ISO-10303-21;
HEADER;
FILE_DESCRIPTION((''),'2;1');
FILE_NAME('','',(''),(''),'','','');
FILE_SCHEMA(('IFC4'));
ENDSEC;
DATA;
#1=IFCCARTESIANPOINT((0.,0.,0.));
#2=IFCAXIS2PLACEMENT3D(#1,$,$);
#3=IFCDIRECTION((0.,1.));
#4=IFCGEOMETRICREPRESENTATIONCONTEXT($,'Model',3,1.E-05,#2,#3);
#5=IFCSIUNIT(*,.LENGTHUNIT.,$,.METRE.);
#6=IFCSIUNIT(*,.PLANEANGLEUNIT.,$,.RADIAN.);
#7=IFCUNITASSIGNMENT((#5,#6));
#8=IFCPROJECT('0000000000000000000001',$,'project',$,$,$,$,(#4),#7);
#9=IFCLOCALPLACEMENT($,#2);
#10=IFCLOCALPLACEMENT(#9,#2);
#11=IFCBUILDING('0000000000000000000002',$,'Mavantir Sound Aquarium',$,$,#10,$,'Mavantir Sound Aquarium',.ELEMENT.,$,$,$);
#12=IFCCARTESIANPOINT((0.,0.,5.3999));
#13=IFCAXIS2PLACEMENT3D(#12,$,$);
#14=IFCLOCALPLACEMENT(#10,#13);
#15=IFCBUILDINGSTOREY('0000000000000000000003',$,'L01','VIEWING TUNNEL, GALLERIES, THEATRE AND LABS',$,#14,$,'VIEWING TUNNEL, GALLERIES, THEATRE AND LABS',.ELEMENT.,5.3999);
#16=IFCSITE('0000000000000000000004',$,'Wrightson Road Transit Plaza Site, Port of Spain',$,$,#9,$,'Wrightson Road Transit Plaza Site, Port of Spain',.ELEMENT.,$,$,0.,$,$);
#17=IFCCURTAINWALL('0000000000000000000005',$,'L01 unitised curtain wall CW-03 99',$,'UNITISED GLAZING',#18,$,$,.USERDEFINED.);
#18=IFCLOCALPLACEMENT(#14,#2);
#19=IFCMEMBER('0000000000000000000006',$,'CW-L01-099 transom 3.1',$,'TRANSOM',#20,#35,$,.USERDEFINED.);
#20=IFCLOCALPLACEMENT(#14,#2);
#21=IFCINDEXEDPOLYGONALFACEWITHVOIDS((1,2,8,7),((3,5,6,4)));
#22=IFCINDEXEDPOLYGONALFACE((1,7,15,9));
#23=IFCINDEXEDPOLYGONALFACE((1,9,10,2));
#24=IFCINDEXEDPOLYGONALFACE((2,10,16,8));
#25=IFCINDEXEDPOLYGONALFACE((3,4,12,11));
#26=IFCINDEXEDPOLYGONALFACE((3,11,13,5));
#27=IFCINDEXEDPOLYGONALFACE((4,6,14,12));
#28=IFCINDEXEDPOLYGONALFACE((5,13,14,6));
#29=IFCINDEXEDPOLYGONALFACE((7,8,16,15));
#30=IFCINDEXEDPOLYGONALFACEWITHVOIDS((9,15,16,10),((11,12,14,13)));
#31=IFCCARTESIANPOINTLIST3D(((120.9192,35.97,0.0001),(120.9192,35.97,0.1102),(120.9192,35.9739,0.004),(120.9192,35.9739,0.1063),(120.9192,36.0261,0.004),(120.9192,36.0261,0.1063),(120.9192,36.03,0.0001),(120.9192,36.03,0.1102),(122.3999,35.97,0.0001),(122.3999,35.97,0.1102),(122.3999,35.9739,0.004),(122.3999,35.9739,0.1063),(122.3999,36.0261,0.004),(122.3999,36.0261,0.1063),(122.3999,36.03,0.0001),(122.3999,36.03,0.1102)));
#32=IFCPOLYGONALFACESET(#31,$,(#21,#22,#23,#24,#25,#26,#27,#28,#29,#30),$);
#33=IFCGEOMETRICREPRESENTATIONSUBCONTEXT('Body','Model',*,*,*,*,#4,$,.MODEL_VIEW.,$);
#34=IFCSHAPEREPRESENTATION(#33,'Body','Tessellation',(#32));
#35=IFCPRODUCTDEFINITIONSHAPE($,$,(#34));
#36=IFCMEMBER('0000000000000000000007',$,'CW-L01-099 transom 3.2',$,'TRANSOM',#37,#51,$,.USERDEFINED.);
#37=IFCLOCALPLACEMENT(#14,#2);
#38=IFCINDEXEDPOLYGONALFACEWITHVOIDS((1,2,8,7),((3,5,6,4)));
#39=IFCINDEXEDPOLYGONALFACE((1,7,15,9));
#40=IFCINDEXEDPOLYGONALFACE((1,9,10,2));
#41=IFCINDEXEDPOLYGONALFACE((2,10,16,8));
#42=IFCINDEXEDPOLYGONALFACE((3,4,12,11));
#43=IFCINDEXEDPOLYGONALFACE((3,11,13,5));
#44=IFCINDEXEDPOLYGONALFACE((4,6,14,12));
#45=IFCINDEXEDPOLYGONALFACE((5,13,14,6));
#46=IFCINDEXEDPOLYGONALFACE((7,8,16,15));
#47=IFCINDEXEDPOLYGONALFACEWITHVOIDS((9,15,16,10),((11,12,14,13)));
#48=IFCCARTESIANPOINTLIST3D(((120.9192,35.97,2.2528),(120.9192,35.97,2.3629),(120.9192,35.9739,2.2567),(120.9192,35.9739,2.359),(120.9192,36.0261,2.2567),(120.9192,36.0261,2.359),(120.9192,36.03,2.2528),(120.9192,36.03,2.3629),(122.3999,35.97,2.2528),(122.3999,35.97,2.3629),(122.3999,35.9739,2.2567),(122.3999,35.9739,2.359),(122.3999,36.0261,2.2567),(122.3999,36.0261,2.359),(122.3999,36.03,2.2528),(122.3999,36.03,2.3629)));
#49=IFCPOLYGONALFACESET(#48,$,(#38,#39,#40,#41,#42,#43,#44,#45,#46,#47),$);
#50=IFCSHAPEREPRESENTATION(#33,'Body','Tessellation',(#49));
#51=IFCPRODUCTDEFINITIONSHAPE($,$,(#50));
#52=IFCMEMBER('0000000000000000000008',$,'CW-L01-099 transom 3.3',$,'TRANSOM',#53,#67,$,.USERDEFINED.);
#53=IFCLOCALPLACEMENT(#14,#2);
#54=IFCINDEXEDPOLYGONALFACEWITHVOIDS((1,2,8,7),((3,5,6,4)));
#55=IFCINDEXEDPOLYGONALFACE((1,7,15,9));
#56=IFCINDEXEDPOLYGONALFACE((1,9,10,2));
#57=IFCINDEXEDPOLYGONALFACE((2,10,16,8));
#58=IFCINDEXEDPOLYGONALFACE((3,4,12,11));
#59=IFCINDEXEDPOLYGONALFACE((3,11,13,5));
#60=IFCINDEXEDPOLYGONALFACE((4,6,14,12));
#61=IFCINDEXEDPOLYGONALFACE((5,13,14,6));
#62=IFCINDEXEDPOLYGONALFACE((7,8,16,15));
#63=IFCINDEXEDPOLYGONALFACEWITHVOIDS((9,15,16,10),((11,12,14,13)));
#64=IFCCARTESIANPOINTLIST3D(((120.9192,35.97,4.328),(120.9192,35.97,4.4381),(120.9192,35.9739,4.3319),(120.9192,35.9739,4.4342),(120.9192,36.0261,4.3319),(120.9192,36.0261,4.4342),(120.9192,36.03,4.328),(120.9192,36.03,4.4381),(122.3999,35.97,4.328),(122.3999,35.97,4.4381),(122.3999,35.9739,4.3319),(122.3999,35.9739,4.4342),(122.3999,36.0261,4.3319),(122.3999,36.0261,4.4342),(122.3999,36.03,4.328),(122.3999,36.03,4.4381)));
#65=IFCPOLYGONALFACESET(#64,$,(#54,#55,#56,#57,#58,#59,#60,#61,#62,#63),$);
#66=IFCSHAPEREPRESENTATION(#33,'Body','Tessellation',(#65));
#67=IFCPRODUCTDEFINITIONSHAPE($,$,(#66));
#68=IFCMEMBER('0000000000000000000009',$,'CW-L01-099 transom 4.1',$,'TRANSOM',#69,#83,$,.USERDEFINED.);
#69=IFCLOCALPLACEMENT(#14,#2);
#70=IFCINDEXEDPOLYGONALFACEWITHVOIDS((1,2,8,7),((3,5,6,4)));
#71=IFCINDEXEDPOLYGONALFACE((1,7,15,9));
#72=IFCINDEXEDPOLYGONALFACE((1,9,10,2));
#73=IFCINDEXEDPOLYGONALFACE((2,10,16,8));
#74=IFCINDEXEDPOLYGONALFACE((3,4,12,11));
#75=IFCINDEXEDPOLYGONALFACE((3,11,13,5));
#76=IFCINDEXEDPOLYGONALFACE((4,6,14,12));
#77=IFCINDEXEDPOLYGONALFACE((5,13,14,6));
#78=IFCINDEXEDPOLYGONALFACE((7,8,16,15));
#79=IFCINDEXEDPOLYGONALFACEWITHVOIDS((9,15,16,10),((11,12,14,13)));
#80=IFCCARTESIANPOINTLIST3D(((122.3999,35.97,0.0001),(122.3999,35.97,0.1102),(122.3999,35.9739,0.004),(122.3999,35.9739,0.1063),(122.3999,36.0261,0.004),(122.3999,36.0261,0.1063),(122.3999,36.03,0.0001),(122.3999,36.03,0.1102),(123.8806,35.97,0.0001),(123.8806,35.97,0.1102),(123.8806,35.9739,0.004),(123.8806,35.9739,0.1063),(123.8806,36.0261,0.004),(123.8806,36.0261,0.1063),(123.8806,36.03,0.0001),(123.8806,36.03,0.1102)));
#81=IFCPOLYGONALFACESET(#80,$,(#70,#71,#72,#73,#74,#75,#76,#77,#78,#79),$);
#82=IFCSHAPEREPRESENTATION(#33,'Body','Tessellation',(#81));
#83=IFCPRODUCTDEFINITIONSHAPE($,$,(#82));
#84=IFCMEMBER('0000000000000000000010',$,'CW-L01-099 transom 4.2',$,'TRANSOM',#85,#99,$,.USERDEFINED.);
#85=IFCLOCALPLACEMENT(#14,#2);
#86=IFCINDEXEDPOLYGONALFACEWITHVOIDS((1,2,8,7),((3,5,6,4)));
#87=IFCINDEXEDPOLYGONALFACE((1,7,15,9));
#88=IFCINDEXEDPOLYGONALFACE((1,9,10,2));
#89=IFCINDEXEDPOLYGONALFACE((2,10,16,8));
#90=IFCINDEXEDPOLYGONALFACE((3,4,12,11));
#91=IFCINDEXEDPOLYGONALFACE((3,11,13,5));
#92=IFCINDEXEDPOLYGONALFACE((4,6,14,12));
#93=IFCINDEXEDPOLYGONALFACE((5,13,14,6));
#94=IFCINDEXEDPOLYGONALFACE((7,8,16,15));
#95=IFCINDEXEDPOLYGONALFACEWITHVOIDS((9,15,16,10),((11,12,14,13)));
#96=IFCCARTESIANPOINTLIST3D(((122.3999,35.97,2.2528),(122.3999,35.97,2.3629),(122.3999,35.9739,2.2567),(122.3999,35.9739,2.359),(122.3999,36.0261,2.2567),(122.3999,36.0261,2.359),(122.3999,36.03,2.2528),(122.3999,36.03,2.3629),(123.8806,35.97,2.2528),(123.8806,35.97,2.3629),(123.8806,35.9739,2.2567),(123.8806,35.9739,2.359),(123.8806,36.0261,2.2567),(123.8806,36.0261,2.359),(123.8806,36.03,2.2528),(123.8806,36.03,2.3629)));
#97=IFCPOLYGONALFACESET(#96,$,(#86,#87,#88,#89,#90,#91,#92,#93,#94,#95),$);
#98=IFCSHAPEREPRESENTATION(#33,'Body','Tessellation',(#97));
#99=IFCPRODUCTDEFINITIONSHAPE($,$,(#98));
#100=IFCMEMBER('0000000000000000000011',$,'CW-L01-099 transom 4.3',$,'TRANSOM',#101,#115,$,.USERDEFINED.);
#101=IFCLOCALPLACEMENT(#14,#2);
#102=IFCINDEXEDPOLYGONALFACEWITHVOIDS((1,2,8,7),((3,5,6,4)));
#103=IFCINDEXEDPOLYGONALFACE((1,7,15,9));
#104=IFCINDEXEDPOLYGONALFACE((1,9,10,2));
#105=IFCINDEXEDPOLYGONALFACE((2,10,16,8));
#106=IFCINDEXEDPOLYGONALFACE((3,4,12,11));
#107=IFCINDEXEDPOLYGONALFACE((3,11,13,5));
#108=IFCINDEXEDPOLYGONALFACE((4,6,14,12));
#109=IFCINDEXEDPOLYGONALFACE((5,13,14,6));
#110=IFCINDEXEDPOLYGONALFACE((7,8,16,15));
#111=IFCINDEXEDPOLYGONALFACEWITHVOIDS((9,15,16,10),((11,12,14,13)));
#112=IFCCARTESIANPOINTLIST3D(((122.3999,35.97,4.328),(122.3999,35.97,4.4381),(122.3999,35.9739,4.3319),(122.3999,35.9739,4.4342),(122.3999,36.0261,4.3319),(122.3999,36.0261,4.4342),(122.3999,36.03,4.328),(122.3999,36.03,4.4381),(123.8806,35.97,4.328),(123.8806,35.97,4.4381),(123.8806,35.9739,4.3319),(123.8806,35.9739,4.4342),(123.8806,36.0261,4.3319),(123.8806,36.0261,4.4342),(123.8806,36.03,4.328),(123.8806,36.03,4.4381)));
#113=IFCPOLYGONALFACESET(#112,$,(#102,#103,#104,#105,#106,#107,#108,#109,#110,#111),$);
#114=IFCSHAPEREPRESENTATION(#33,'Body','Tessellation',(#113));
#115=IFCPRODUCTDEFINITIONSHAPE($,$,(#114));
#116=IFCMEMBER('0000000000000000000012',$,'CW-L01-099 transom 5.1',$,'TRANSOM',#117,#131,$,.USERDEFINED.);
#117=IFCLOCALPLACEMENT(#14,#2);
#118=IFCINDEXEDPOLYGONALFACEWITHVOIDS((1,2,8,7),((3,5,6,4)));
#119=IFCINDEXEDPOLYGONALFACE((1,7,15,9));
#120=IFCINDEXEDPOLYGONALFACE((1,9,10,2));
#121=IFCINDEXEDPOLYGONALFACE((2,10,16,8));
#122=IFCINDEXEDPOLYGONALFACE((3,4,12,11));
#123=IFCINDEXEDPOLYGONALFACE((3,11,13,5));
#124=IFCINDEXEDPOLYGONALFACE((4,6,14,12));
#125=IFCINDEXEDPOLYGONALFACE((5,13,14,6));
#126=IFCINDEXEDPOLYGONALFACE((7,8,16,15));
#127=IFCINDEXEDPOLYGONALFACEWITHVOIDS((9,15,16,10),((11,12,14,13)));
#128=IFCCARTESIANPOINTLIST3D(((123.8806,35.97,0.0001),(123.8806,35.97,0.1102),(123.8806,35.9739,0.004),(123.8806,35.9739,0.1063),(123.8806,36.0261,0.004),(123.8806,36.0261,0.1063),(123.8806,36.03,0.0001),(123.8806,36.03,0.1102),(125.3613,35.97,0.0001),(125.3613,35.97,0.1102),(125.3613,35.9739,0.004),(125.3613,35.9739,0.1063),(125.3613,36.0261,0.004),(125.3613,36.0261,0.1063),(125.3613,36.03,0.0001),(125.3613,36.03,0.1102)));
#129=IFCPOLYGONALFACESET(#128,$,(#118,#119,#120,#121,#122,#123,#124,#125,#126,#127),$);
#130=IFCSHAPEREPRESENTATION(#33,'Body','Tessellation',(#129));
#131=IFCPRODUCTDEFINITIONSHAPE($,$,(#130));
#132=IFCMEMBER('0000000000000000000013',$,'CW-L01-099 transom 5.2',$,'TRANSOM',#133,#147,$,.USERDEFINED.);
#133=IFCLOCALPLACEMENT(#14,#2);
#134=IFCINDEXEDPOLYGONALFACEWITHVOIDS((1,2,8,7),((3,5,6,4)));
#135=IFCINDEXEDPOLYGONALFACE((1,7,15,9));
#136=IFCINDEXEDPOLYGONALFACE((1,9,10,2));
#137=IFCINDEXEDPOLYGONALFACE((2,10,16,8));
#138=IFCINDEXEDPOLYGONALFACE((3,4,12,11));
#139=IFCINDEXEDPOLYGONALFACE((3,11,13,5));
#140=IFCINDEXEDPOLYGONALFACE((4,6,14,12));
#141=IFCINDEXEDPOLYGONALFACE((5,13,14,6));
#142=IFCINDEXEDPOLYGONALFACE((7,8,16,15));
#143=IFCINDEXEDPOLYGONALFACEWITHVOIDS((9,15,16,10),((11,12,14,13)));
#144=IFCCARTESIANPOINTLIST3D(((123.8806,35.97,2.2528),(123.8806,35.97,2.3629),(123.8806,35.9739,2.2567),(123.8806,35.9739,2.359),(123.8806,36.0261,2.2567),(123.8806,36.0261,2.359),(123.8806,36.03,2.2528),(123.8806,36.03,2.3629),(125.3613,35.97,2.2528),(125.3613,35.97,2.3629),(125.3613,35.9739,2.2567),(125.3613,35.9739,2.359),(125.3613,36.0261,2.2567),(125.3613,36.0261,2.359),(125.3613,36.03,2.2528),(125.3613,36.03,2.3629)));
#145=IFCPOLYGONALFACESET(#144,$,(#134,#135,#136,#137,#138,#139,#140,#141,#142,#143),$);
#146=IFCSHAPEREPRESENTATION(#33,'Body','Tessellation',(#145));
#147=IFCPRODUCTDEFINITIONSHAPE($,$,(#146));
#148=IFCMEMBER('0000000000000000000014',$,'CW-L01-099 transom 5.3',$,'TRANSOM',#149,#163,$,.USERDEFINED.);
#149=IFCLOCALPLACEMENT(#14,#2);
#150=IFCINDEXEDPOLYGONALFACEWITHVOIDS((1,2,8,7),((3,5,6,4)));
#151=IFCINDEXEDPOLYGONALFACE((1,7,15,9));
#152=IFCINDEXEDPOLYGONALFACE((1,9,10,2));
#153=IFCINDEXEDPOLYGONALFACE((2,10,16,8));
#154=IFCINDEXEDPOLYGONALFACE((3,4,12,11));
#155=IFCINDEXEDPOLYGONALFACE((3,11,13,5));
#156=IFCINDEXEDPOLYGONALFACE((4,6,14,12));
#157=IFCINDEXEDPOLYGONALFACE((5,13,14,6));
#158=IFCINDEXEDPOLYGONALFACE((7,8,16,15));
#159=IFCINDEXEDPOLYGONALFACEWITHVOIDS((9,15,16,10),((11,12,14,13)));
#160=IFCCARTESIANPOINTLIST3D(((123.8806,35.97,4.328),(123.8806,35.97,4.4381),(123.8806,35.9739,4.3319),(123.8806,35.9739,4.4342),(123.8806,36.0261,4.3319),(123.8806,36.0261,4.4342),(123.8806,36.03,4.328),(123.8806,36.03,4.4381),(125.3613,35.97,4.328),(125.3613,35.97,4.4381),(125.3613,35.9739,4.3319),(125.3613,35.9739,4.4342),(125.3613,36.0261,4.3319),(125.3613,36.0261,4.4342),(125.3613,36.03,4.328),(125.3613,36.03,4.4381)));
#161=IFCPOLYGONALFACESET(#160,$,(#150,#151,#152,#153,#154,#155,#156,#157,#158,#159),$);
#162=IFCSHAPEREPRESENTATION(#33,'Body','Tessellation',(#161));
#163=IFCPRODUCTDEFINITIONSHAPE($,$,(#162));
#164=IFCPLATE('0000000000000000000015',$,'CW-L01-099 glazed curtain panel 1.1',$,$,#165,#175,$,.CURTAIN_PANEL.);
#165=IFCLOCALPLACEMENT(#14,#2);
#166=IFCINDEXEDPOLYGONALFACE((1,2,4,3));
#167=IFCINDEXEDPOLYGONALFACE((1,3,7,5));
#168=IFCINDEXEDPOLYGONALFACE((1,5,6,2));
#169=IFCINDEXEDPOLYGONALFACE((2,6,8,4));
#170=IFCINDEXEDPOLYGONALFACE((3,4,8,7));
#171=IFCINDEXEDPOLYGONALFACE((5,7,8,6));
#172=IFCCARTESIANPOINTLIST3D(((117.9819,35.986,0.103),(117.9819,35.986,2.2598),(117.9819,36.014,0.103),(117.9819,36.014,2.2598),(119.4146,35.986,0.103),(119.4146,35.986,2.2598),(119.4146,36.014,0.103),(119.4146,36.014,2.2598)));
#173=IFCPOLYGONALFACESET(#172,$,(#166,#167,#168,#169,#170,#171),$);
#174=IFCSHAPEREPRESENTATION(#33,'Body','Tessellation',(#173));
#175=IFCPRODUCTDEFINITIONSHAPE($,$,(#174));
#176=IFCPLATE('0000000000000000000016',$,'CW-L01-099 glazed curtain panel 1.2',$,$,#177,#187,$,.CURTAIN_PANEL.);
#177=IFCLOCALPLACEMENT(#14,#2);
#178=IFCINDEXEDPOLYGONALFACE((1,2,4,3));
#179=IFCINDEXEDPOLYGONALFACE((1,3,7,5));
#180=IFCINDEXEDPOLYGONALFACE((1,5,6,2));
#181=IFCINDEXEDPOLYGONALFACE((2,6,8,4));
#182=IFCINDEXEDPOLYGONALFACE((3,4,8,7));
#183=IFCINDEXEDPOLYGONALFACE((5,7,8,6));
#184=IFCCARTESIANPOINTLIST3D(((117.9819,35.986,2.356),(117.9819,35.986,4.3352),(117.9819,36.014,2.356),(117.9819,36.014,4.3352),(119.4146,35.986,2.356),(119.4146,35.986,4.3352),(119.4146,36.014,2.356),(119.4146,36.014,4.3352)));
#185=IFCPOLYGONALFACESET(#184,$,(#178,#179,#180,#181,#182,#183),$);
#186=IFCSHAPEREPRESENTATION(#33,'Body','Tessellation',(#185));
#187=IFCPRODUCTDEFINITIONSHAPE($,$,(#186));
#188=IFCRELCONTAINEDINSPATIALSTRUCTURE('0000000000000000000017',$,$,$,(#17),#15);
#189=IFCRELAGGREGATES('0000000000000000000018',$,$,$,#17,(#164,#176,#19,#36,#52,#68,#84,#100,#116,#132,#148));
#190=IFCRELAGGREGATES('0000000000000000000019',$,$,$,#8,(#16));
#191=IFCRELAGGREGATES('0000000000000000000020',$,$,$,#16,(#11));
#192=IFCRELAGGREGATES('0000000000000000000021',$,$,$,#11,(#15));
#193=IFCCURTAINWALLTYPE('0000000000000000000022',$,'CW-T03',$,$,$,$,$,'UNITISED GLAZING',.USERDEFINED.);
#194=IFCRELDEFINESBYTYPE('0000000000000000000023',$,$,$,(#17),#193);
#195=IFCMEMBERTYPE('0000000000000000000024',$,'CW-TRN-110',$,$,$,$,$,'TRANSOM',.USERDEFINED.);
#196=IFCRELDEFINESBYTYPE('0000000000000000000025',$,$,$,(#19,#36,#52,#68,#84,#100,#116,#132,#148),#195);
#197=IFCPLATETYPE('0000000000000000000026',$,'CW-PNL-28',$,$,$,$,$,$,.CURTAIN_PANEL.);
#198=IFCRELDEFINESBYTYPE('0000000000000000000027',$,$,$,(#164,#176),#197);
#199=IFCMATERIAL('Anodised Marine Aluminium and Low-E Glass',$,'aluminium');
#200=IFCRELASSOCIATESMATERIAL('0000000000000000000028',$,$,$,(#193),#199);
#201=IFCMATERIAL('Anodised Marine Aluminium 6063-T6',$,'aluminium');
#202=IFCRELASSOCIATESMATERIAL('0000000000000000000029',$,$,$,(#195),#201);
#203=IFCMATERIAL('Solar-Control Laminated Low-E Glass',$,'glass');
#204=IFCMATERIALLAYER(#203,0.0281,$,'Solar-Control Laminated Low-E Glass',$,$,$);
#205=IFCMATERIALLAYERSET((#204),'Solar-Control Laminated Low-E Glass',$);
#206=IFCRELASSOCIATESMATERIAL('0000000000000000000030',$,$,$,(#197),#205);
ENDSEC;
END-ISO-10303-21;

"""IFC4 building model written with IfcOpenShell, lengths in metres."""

from ifc_helpers import new_model, si_unit, direction, frame, origin, origin_2d, place, context, subcontext, project, spatial, rectangle, hollow_rectangle, extrude, material, layer, layer_set, material_profile, profile_set, type_object, element, aggregate, save


model = new_model("IFC4")

# Units and contexts
model_context = context("Model", 3, precision=1e-05, world=origin(), true_north=direction((0.0, 1.0)))
body_context = subcontext(model_context, "Body", "Model", "MODEL_VIEW")
ifc_project = project(units=[si_unit("LENGTHUNIT", "METRE"), si_unit("PLANEANGLEUNIT", "RADIAN")], contexts=[model_context])

# Site, building, storey
site_placement = place(None, origin())
site = spatial("IfcSite", under=ifc_project, at=site_placement, Name="Wrightson Road Transit Plaza Site, Port of Spain", LongName="Wrightson Road Transit Plaza Site, Port of Spain", CompositionType="ELEMENT", RefElevation=0.0)
building_placement = place(site_placement, origin())
building = spatial("IfcBuilding", under=site, at=building_placement, Name="Mavantir Sound Aquarium", LongName="Mavantir Sound Aquarium", CompositionType="ELEMENT")
storey_placement = place(building_placement, frame((0.0, 0.0, 5.3999)))
storey = spatial("IfcBuildingStorey", under=building, at=storey_placement, Name="L01", Description="VIEWING TUNNEL, GALLERIES, THEATRE AND LABS", LongName="VIEWING TUNNEL, GALLERIES, THEATRE AND LABS", CompositionType="ELEMENT", Elevation=5.3999)

# Curtain wall, members, plates
ifc_material_1 = material(Name="Anodised Marine Aluminium and Low-E Glass", Category="aluminium")
curtain_wall_type = type_object("IfcCurtainWallType", Name="CW-T03", ElementType="UNITISED GLAZING", PredefinedType="USERDEFINED", material=ifc_material_1)
curtain_wall_placement = place(storey_placement, origin())
curtain_wall = element("IfcCurtainWall", 1, at=curtain_wall_placement, inside=storey, type_object=curtain_wall_type, Name="L01 unitised curtain wall CW-03 99", ObjectType="UNITISED GLAZING", PredefinedType="USERDEFINED")
ifc_material_2 = material(Name="Anodised Marine Aluminium 6063-T6", Category="aluminium")
ifc_material_profile_1 = material_profile(ifc_material_2, hollow_rectangle(XDim=0.0601, YDim=0.1101, WallThickness=0.0039, at=origin_2d()), Name="ALU-TRANSOM-110X60")
ifc_profile_set_1 = profile_set([ifc_material_profile_1], Name="Anodised Marine Aluminium 6063-T6")
member_type_1 = type_object("IfcMemberType", Name="CW-TRN-110", ElementType="TRANSOM", PredefinedType="USERDEFINED", material=ifc_profile_set_1)
member_1_placement = place(storey_placement, frame((120.9192, 36.0, 0.0552), z_axis=(1.0, 0.0, 0.0), x_axis=(0.0, 1.0, 0.0)))
member_1 = element("IfcMember", 2, at=member_1_placement, type_object=member_type_1, Name="CW-L01-099 transom 3.1", ObjectType="TRANSOM", PredefinedType="USERDEFINED", context=body_context, shape_type="SweptSolid", body=[
    extrude(hollow_rectangle(XDim=0.0601, YDim=0.1101, WallThickness=0.0039, at=origin_2d()), origin(), (0.0, 0.0, 1.0), 1.4807),
])
member_2_placement = place(storey_placement, frame((120.9192, 36.0, 2.3079), z_axis=(1.0, 0.0, 0.0), x_axis=(0.0, 1.0, 0.0)))
member_2 = element("IfcMember", 3, at=member_2_placement, type_object=member_type_1, Name="CW-L01-099 transom 3.2", ObjectType="TRANSOM", PredefinedType="USERDEFINED", context=body_context, shape_type="SweptSolid", body=[
    extrude(hollow_rectangle(XDim=0.0601, YDim=0.1101, WallThickness=0.0039, at=origin_2d()), origin(), (0.0, 0.0, 1.0), 1.4807),
])
member_3_placement = place(storey_placement, frame((120.9192, 36.0, 4.3831), z_axis=(1.0, 0.0, 0.0), x_axis=(0.0, 1.0, 0.0)))
member_3 = element("IfcMember", 4, at=member_3_placement, type_object=member_type_1, Name="CW-L01-099 transom 3.3", ObjectType="TRANSOM", PredefinedType="USERDEFINED", context=body_context, shape_type="SweptSolid", body=[
    extrude(hollow_rectangle(XDim=0.0601, YDim=0.1101, WallThickness=0.0039, at=origin_2d()), origin(), (0.0, 0.0, 1.0), 1.4807),
])
member_4_placement = place(storey_placement, frame((122.3999, 36.0, 0.0552), z_axis=(1.0, 0.0, 0.0), x_axis=(0.0, 1.0, 0.0)))
member_4 = element("IfcMember", 5, at=member_4_placement, type_object=member_type_1, Name="CW-L01-099 transom 4.1", ObjectType="TRANSOM", PredefinedType="USERDEFINED", context=body_context, shape_type="SweptSolid", body=[
    extrude(hollow_rectangle(XDim=0.0601, YDim=0.1101, WallThickness=0.0039, at=origin_2d()), origin(), (0.0, 0.0, 1.0), 1.4807),
])
member_5_placement = place(storey_placement, frame((122.3999, 36.0, 2.3079), z_axis=(1.0, 0.0, 0.0), x_axis=(0.0, 1.0, 0.0)))
member_5 = element("IfcMember", 6, at=member_5_placement, type_object=member_type_1, Name="CW-L01-099 transom 4.2", ObjectType="TRANSOM", PredefinedType="USERDEFINED", context=body_context, shape_type="SweptSolid", body=[
    extrude(hollow_rectangle(XDim=0.0601, YDim=0.1101, WallThickness=0.0039, at=origin_2d()), origin(), (0.0, 0.0, 1.0), 1.4807),
])
member_6_placement = place(storey_placement, frame((122.3999, 36.0, 4.3831), z_axis=(1.0, 0.0, 0.0), x_axis=(0.0, 1.0, 0.0)))
member_6 = element("IfcMember", 7, at=member_6_placement, type_object=member_type_1, Name="CW-L01-099 transom 4.3", ObjectType="TRANSOM", PredefinedType="USERDEFINED", context=body_context, shape_type="SweptSolid", body=[
    extrude(hollow_rectangle(XDim=0.0601, YDim=0.1101, WallThickness=0.0039, at=origin_2d()), origin(), (0.0, 0.0, 1.0), 1.4807),
])
member_7_placement = place(storey_placement, frame((123.8806, 36.0, 0.0552), z_axis=(1.0, 0.0, 0.0), x_axis=(0.0, 1.0, 0.0)))
member_7 = element("IfcMember", 8, at=member_7_placement, type_object=member_type_1, Name="CW-L01-099 transom 5.1", ObjectType="TRANSOM", PredefinedType="USERDEFINED", context=body_context, shape_type="SweptSolid", body=[
    extrude(hollow_rectangle(XDim=0.0601, YDim=0.1101, WallThickness=0.0039, at=origin_2d()), origin(), (0.0, 0.0, 1.0), 1.4807),
])
member_8_placement = place(storey_placement, frame((123.8806, 36.0, 2.3079), z_axis=(1.0, 0.0, 0.0), x_axis=(0.0, 1.0, 0.0)))
member_8 = element("IfcMember", 9, at=member_8_placement, type_object=member_type_1, Name="CW-L01-099 transom 5.2", ObjectType="TRANSOM", PredefinedType="USERDEFINED", context=body_context, shape_type="SweptSolid", body=[
    extrude(hollow_rectangle(XDim=0.0601, YDim=0.1101, WallThickness=0.0039, at=origin_2d()), origin(), (0.0, 0.0, 1.0), 1.4807),
])
member_9_placement = place(storey_placement, frame((123.8806, 36.0, 4.3831), z_axis=(1.0, 0.0, 0.0), x_axis=(0.0, 1.0, 0.0)))
member_9 = element("IfcMember", 10, at=member_9_placement, type_object=member_type_1, Name="CW-L01-099 transom 5.3", ObjectType="TRANSOM", PredefinedType="USERDEFINED", context=body_context, shape_type="SweptSolid", body=[
    extrude(hollow_rectangle(XDim=0.0601, YDim=0.1101, WallThickness=0.0039, at=origin_2d()), origin(), (0.0, 0.0, 1.0), 1.4807),
])
ifc_material_3 = material(Name="Solar-Control Laminated Low-E Glass", Category="glass")
ifc_layer = layer(ifc_material_3, 0.0281, Name="Solar-Control Laminated Low-E Glass")
ifc_layer_set = layer_set([ifc_layer], Name="Solar-Control Laminated Low-E Glass")
plate_type = type_object("IfcPlateType", Name="CW-PNL-28", PredefinedType="CURTAIN_PANEL", material=ifc_layer_set)
plate_1_placement = place(storey_placement, frame((118.6982, 36.0, 0.103), z_axis=(0.0, 0.0, 1.0), x_axis=(1.0, 0.0, 0.0)))
plate_1 = element("IfcPlate", 11, at=plate_1_placement, type_object=plate_type, Name="CW-L01-099 glazed curtain panel 1.1", PredefinedType="CURTAIN_PANEL", context=body_context, shape_type="SweptSolid", body=[
    extrude(rectangle(XDim=1.4326, YDim=0.0281, at=origin_2d()), origin(), (0.0, 0.0, 1.0), 2.1567),
])
plate_2_placement = place(storey_placement, frame((118.6982, 36.0, 2.356), z_axis=(0.0, 0.0, 1.0), x_axis=(1.0, 0.0, 0.0)))
plate_2 = element("IfcPlate", 12, at=plate_2_placement, type_object=plate_type, Name="CW-L01-099 glazed curtain panel 1.2", PredefinedType="CURTAIN_PANEL", context=body_context, shape_type="SweptSolid", body=[
    extrude(rectangle(XDim=1.4326, YDim=0.0281, at=origin_2d()), origin(), (0.0, 0.0, 1.0), 1.9792),
])
aggregate(curtain_wall, [plate_1, plate_2, member_1, member_2, member_3, member_4, member_5, member_6, member_7, member_8, member_9])

save(model, "model.ifc")
